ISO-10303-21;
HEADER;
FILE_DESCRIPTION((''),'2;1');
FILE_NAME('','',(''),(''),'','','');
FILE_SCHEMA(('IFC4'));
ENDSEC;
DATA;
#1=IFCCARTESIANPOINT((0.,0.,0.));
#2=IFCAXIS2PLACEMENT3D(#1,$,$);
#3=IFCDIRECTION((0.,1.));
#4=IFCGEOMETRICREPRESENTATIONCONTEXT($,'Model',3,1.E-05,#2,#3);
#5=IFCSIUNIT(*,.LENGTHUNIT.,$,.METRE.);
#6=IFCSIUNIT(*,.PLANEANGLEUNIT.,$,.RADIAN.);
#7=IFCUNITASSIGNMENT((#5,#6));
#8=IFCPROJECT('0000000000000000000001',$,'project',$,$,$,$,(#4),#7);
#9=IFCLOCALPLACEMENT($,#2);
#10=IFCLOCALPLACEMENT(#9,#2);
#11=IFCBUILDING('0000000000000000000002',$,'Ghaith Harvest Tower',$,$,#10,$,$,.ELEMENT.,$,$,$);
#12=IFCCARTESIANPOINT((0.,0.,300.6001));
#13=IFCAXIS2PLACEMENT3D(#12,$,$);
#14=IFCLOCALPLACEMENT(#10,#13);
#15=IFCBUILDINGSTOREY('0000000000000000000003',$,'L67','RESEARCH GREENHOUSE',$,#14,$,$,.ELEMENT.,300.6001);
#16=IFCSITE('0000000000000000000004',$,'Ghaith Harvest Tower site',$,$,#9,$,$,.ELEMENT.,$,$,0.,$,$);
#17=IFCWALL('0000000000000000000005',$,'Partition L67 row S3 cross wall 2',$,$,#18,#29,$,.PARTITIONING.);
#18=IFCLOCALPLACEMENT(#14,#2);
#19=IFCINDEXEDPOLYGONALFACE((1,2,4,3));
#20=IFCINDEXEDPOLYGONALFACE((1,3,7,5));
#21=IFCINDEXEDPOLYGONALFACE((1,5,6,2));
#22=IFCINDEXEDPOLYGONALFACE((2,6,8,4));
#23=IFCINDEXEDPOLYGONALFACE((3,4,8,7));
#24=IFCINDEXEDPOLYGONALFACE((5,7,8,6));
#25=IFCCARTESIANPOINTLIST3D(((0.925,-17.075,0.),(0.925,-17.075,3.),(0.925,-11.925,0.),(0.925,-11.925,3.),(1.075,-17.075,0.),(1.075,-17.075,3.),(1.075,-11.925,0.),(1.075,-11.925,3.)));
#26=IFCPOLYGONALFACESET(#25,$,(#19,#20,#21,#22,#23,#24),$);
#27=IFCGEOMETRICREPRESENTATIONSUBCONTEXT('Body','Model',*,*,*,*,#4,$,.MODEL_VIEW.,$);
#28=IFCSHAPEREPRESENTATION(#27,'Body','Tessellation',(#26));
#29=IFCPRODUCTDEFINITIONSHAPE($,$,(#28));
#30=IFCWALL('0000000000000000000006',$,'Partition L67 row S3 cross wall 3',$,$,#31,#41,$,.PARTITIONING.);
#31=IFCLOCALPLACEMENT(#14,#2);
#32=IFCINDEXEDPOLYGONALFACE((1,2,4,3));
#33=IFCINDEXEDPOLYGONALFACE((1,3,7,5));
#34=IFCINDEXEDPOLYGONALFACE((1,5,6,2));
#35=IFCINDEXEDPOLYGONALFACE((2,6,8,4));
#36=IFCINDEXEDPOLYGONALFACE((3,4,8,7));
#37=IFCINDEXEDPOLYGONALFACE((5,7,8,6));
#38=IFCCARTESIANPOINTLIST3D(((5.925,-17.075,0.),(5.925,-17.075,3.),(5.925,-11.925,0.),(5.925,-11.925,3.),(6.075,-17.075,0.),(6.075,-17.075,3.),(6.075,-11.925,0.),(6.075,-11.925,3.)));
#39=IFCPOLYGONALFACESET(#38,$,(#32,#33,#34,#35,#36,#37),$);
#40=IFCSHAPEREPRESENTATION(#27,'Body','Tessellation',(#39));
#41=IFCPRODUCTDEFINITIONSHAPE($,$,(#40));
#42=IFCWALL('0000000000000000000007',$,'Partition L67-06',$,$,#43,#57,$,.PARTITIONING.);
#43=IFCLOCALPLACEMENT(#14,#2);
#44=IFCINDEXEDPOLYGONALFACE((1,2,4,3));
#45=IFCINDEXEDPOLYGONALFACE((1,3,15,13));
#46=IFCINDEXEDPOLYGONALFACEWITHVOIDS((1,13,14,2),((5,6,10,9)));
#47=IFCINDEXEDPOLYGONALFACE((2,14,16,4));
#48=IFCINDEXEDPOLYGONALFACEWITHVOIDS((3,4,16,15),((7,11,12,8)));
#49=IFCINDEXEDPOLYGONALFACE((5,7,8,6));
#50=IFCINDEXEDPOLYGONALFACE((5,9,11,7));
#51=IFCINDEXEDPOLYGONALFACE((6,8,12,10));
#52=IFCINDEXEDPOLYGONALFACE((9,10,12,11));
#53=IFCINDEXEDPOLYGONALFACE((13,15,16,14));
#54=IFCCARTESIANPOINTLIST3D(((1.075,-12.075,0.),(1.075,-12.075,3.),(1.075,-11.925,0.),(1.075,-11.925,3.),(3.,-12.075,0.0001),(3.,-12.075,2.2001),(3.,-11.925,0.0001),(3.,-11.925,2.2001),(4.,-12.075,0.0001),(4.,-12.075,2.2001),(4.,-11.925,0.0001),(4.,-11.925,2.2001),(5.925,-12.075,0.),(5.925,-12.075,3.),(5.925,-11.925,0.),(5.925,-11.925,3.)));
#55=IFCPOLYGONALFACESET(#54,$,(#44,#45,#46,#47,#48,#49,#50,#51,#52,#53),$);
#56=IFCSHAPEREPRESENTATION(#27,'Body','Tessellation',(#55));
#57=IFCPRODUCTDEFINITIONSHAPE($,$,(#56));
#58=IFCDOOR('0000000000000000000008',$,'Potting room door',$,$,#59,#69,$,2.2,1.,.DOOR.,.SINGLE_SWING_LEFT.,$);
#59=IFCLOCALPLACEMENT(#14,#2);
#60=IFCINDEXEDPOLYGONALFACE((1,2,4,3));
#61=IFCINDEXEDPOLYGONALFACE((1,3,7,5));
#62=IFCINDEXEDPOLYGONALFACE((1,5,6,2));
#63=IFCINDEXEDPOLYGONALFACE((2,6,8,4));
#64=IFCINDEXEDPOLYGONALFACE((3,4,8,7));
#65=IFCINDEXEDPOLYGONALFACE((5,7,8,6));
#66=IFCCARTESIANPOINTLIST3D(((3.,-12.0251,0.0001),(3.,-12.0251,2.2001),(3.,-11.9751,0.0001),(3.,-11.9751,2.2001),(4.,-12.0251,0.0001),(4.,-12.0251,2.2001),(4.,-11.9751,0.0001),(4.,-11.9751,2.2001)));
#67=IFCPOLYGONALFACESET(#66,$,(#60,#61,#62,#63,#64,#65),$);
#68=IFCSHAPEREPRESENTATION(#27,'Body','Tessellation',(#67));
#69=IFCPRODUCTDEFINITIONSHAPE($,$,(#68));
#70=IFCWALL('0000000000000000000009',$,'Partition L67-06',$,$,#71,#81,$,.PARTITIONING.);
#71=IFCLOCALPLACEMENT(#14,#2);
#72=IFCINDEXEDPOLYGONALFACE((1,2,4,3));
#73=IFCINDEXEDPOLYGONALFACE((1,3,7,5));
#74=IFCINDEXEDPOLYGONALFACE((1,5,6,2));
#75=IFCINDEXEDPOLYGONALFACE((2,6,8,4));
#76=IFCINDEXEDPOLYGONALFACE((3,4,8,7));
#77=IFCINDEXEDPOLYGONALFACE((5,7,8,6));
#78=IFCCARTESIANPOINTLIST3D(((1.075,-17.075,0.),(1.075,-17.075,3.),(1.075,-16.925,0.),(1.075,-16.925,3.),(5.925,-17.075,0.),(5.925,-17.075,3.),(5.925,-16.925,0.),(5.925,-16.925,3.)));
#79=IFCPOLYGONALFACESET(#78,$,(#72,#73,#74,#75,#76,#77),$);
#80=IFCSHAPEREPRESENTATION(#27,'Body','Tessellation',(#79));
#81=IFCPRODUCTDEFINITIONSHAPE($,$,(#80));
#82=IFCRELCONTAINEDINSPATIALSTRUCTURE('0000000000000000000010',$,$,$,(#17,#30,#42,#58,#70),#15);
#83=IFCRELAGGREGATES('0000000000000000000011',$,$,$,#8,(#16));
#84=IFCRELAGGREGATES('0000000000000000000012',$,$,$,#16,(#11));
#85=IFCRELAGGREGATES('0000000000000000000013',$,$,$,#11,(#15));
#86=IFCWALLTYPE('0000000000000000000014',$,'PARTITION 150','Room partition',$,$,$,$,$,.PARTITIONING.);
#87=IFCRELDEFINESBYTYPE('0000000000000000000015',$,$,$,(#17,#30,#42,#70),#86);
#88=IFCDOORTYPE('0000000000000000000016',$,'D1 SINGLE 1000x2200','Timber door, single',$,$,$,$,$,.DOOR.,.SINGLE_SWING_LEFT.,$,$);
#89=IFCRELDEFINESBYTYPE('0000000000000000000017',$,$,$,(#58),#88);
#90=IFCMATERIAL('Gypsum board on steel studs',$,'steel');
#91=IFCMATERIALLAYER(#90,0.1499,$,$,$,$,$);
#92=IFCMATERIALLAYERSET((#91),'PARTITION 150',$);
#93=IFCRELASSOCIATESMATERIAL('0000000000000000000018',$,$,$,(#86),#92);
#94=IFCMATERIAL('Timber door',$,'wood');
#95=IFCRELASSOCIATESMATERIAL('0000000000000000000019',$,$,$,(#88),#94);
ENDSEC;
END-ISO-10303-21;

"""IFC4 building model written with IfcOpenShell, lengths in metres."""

from ifc_helpers import new_model, si_unit, direction, frame, frame_2d, origin, place, context, subcontext, project, spatial, rectangle, extrude, material, layer, layer_set, type_object, element, fill, save


model = new_model("IFC4")

# Units and contexts
model_context = context("Model", 3, precision=1e-05, world=origin(), true_north=direction((0.0, 1.0)))
body_context = subcontext(model_context, "Body", "Model", "MODEL_VIEW")
ifc_project = project(units=[si_unit("LENGTHUNIT", "METRE"), si_unit("PLANEANGLEUNIT", "RADIAN")], contexts=[model_context])

# Site, building, storey
site_placement = place(None, origin())
site = spatial("IfcSite", under=ifc_project, at=site_placement, Name="Ghaith Harvest Tower site", CompositionType="ELEMENT", RefElevation=0.0)
building_placement = place(site_placement, origin())
building = spatial("IfcBuilding", under=site, at=building_placement, Name="Ghaith Harvest Tower", CompositionType="ELEMENT")
storey_placement = place(building_placement, frame((0.0, 0.0, 300.6001)))
storey = spatial("IfcBuildingStorey", under=building, at=storey_placement, Name="L67", Description="RESEARCH GREENHOUSE", CompositionType="ELEMENT", Elevation=300.6001)

# Walls
ifc_material_1 = material(Name="Gypsum board on steel studs", Category="steel")
ifc_layer_1 = layer(ifc_material_1, 0.1499)
ifc_layer_set_1 = layer_set([ifc_layer_1], Name="PARTITION 150")
wall_type_1 = type_object("IfcWallType", Name="PARTITION 150", Description="Room partition", PredefinedType="PARTITIONING", material=ifc_layer_set_1)
for number, where, z_axis, x_axis, name in (
    (1, (1.0, -11.925, 0.0), (0.0, 0.0, 1.0), (0.0, -1.0, 0.0), "Partition L67 row S3 cross wall 2"),
    (2, (6.0, -11.925, 0.0), (0.0, 0.0, 1.0), (0.0, -1.0, 0.0), "Partition L67 row S3 cross wall 3"),
):
    element("IfcWall", number, at=place(storey_placement, frame(where, z_axis=z_axis, x_axis=x_axis)), inside=storey, type_object=wall_type_1, Name=name, PredefinedType="PARTITIONING", context=body_context, shape_type="SweptSolid", body=[
        extrude(rectangle(XDim=5.1499, YDim=0.1499, at=frame_2d((2.575, 0.0))), origin(), (0.0, 0.0, 1.0), 3.0),
    ])

# Wall, opening, door
wall_1_placement = place(storey_placement, frame((1.075, -12.0, 0.0), z_axis=(0.0, 0.0, 1.0), x_axis=(1.0, 0.0, 0.0)))
wall_1 = element("IfcWall", 3, at=wall_1_placement, inside=storey, type_object=wall_type_1, Name="Partition L67-06", PredefinedType="PARTITIONING", context=body_context, shape_type="SweptSolid", body=[
    extrude(rectangle(XDim=4.8501, YDim=0.1499, at=frame_2d((2.425, 0.0))), origin(), (0.0, 0.0, 1.0), 3.0),
])
opening_1_placement = place(wall_1_placement, frame((1.925, 0.0, 0.0)))
opening_1 = element("IfcOpeningElement", 4, at=opening_1_placement, cuts=wall_1, PredefinedType="OPENING", context=body_context, shape_type="SweptSolid", body=[
    extrude(rectangle(XDim=1.0, YDim=2.2, at=frame_2d((0.5, 1.1001))), frame((0.0, 0.085, 0.0), z_axis=(0.0, -1.0, 0.0), x_axis=(1.0, 0.0, 0.0)), (0.0, 0.0, 1.0), 0.1699),
])
ifc_material_2 = material(Name="Timber door", Category="wood")
door_type_1 = type_object("IfcDoorType", Name="D1 SINGLE 1000x2200", Description="Timber door, single", OperationType="SINGLE_SWING_LEFT", PredefinedType="DOOR", material=ifc_material_2)
door_1_placement = place(opening_1_placement, origin())
door_1 = element("IfcDoor", 5, at=door_1_placement, inside=storey, type_object=door_type_1, Name="Potting room door", OperationType="SINGLE_SWING_LEFT", OverallHeight=2.2, OverallWidth=1.0, PredefinedType="DOOR", context=body_context, shape_type="SweptSolid", body=[
    extrude(rectangle(XDim=1.0, YDim=2.2, at=frame_2d((0.5, 1.1001))), frame((0.0, 0.0249, 0.0), z_axis=(0.0, -1.0, 0.0), x_axis=(1.0, 0.0, 0.0)), (0.0, 0.0, 1.0), 0.05),
])
fill(opening_1, door_1)

# Wall
wall_2_placement = place(storey_placement, frame((1.075, -17.0, 0.0), z_axis=(0.0, 0.0, 1.0), x_axis=(1.0, 0.0, 0.0)))
element("IfcWall", 6, at=wall_2_placement, inside=storey, type_object=wall_type_1, Name="Partition L67-06", PredefinedType="PARTITIONING", context=body_context, shape_type="SweptSolid", body=[
    extrude(rectangle(XDim=4.8501, YDim=0.1499, at=frame_2d((2.425, 0.0))), origin(), (0.0, 0.0, 1.0), 3.0),
])

save(model, "model.ifc")
